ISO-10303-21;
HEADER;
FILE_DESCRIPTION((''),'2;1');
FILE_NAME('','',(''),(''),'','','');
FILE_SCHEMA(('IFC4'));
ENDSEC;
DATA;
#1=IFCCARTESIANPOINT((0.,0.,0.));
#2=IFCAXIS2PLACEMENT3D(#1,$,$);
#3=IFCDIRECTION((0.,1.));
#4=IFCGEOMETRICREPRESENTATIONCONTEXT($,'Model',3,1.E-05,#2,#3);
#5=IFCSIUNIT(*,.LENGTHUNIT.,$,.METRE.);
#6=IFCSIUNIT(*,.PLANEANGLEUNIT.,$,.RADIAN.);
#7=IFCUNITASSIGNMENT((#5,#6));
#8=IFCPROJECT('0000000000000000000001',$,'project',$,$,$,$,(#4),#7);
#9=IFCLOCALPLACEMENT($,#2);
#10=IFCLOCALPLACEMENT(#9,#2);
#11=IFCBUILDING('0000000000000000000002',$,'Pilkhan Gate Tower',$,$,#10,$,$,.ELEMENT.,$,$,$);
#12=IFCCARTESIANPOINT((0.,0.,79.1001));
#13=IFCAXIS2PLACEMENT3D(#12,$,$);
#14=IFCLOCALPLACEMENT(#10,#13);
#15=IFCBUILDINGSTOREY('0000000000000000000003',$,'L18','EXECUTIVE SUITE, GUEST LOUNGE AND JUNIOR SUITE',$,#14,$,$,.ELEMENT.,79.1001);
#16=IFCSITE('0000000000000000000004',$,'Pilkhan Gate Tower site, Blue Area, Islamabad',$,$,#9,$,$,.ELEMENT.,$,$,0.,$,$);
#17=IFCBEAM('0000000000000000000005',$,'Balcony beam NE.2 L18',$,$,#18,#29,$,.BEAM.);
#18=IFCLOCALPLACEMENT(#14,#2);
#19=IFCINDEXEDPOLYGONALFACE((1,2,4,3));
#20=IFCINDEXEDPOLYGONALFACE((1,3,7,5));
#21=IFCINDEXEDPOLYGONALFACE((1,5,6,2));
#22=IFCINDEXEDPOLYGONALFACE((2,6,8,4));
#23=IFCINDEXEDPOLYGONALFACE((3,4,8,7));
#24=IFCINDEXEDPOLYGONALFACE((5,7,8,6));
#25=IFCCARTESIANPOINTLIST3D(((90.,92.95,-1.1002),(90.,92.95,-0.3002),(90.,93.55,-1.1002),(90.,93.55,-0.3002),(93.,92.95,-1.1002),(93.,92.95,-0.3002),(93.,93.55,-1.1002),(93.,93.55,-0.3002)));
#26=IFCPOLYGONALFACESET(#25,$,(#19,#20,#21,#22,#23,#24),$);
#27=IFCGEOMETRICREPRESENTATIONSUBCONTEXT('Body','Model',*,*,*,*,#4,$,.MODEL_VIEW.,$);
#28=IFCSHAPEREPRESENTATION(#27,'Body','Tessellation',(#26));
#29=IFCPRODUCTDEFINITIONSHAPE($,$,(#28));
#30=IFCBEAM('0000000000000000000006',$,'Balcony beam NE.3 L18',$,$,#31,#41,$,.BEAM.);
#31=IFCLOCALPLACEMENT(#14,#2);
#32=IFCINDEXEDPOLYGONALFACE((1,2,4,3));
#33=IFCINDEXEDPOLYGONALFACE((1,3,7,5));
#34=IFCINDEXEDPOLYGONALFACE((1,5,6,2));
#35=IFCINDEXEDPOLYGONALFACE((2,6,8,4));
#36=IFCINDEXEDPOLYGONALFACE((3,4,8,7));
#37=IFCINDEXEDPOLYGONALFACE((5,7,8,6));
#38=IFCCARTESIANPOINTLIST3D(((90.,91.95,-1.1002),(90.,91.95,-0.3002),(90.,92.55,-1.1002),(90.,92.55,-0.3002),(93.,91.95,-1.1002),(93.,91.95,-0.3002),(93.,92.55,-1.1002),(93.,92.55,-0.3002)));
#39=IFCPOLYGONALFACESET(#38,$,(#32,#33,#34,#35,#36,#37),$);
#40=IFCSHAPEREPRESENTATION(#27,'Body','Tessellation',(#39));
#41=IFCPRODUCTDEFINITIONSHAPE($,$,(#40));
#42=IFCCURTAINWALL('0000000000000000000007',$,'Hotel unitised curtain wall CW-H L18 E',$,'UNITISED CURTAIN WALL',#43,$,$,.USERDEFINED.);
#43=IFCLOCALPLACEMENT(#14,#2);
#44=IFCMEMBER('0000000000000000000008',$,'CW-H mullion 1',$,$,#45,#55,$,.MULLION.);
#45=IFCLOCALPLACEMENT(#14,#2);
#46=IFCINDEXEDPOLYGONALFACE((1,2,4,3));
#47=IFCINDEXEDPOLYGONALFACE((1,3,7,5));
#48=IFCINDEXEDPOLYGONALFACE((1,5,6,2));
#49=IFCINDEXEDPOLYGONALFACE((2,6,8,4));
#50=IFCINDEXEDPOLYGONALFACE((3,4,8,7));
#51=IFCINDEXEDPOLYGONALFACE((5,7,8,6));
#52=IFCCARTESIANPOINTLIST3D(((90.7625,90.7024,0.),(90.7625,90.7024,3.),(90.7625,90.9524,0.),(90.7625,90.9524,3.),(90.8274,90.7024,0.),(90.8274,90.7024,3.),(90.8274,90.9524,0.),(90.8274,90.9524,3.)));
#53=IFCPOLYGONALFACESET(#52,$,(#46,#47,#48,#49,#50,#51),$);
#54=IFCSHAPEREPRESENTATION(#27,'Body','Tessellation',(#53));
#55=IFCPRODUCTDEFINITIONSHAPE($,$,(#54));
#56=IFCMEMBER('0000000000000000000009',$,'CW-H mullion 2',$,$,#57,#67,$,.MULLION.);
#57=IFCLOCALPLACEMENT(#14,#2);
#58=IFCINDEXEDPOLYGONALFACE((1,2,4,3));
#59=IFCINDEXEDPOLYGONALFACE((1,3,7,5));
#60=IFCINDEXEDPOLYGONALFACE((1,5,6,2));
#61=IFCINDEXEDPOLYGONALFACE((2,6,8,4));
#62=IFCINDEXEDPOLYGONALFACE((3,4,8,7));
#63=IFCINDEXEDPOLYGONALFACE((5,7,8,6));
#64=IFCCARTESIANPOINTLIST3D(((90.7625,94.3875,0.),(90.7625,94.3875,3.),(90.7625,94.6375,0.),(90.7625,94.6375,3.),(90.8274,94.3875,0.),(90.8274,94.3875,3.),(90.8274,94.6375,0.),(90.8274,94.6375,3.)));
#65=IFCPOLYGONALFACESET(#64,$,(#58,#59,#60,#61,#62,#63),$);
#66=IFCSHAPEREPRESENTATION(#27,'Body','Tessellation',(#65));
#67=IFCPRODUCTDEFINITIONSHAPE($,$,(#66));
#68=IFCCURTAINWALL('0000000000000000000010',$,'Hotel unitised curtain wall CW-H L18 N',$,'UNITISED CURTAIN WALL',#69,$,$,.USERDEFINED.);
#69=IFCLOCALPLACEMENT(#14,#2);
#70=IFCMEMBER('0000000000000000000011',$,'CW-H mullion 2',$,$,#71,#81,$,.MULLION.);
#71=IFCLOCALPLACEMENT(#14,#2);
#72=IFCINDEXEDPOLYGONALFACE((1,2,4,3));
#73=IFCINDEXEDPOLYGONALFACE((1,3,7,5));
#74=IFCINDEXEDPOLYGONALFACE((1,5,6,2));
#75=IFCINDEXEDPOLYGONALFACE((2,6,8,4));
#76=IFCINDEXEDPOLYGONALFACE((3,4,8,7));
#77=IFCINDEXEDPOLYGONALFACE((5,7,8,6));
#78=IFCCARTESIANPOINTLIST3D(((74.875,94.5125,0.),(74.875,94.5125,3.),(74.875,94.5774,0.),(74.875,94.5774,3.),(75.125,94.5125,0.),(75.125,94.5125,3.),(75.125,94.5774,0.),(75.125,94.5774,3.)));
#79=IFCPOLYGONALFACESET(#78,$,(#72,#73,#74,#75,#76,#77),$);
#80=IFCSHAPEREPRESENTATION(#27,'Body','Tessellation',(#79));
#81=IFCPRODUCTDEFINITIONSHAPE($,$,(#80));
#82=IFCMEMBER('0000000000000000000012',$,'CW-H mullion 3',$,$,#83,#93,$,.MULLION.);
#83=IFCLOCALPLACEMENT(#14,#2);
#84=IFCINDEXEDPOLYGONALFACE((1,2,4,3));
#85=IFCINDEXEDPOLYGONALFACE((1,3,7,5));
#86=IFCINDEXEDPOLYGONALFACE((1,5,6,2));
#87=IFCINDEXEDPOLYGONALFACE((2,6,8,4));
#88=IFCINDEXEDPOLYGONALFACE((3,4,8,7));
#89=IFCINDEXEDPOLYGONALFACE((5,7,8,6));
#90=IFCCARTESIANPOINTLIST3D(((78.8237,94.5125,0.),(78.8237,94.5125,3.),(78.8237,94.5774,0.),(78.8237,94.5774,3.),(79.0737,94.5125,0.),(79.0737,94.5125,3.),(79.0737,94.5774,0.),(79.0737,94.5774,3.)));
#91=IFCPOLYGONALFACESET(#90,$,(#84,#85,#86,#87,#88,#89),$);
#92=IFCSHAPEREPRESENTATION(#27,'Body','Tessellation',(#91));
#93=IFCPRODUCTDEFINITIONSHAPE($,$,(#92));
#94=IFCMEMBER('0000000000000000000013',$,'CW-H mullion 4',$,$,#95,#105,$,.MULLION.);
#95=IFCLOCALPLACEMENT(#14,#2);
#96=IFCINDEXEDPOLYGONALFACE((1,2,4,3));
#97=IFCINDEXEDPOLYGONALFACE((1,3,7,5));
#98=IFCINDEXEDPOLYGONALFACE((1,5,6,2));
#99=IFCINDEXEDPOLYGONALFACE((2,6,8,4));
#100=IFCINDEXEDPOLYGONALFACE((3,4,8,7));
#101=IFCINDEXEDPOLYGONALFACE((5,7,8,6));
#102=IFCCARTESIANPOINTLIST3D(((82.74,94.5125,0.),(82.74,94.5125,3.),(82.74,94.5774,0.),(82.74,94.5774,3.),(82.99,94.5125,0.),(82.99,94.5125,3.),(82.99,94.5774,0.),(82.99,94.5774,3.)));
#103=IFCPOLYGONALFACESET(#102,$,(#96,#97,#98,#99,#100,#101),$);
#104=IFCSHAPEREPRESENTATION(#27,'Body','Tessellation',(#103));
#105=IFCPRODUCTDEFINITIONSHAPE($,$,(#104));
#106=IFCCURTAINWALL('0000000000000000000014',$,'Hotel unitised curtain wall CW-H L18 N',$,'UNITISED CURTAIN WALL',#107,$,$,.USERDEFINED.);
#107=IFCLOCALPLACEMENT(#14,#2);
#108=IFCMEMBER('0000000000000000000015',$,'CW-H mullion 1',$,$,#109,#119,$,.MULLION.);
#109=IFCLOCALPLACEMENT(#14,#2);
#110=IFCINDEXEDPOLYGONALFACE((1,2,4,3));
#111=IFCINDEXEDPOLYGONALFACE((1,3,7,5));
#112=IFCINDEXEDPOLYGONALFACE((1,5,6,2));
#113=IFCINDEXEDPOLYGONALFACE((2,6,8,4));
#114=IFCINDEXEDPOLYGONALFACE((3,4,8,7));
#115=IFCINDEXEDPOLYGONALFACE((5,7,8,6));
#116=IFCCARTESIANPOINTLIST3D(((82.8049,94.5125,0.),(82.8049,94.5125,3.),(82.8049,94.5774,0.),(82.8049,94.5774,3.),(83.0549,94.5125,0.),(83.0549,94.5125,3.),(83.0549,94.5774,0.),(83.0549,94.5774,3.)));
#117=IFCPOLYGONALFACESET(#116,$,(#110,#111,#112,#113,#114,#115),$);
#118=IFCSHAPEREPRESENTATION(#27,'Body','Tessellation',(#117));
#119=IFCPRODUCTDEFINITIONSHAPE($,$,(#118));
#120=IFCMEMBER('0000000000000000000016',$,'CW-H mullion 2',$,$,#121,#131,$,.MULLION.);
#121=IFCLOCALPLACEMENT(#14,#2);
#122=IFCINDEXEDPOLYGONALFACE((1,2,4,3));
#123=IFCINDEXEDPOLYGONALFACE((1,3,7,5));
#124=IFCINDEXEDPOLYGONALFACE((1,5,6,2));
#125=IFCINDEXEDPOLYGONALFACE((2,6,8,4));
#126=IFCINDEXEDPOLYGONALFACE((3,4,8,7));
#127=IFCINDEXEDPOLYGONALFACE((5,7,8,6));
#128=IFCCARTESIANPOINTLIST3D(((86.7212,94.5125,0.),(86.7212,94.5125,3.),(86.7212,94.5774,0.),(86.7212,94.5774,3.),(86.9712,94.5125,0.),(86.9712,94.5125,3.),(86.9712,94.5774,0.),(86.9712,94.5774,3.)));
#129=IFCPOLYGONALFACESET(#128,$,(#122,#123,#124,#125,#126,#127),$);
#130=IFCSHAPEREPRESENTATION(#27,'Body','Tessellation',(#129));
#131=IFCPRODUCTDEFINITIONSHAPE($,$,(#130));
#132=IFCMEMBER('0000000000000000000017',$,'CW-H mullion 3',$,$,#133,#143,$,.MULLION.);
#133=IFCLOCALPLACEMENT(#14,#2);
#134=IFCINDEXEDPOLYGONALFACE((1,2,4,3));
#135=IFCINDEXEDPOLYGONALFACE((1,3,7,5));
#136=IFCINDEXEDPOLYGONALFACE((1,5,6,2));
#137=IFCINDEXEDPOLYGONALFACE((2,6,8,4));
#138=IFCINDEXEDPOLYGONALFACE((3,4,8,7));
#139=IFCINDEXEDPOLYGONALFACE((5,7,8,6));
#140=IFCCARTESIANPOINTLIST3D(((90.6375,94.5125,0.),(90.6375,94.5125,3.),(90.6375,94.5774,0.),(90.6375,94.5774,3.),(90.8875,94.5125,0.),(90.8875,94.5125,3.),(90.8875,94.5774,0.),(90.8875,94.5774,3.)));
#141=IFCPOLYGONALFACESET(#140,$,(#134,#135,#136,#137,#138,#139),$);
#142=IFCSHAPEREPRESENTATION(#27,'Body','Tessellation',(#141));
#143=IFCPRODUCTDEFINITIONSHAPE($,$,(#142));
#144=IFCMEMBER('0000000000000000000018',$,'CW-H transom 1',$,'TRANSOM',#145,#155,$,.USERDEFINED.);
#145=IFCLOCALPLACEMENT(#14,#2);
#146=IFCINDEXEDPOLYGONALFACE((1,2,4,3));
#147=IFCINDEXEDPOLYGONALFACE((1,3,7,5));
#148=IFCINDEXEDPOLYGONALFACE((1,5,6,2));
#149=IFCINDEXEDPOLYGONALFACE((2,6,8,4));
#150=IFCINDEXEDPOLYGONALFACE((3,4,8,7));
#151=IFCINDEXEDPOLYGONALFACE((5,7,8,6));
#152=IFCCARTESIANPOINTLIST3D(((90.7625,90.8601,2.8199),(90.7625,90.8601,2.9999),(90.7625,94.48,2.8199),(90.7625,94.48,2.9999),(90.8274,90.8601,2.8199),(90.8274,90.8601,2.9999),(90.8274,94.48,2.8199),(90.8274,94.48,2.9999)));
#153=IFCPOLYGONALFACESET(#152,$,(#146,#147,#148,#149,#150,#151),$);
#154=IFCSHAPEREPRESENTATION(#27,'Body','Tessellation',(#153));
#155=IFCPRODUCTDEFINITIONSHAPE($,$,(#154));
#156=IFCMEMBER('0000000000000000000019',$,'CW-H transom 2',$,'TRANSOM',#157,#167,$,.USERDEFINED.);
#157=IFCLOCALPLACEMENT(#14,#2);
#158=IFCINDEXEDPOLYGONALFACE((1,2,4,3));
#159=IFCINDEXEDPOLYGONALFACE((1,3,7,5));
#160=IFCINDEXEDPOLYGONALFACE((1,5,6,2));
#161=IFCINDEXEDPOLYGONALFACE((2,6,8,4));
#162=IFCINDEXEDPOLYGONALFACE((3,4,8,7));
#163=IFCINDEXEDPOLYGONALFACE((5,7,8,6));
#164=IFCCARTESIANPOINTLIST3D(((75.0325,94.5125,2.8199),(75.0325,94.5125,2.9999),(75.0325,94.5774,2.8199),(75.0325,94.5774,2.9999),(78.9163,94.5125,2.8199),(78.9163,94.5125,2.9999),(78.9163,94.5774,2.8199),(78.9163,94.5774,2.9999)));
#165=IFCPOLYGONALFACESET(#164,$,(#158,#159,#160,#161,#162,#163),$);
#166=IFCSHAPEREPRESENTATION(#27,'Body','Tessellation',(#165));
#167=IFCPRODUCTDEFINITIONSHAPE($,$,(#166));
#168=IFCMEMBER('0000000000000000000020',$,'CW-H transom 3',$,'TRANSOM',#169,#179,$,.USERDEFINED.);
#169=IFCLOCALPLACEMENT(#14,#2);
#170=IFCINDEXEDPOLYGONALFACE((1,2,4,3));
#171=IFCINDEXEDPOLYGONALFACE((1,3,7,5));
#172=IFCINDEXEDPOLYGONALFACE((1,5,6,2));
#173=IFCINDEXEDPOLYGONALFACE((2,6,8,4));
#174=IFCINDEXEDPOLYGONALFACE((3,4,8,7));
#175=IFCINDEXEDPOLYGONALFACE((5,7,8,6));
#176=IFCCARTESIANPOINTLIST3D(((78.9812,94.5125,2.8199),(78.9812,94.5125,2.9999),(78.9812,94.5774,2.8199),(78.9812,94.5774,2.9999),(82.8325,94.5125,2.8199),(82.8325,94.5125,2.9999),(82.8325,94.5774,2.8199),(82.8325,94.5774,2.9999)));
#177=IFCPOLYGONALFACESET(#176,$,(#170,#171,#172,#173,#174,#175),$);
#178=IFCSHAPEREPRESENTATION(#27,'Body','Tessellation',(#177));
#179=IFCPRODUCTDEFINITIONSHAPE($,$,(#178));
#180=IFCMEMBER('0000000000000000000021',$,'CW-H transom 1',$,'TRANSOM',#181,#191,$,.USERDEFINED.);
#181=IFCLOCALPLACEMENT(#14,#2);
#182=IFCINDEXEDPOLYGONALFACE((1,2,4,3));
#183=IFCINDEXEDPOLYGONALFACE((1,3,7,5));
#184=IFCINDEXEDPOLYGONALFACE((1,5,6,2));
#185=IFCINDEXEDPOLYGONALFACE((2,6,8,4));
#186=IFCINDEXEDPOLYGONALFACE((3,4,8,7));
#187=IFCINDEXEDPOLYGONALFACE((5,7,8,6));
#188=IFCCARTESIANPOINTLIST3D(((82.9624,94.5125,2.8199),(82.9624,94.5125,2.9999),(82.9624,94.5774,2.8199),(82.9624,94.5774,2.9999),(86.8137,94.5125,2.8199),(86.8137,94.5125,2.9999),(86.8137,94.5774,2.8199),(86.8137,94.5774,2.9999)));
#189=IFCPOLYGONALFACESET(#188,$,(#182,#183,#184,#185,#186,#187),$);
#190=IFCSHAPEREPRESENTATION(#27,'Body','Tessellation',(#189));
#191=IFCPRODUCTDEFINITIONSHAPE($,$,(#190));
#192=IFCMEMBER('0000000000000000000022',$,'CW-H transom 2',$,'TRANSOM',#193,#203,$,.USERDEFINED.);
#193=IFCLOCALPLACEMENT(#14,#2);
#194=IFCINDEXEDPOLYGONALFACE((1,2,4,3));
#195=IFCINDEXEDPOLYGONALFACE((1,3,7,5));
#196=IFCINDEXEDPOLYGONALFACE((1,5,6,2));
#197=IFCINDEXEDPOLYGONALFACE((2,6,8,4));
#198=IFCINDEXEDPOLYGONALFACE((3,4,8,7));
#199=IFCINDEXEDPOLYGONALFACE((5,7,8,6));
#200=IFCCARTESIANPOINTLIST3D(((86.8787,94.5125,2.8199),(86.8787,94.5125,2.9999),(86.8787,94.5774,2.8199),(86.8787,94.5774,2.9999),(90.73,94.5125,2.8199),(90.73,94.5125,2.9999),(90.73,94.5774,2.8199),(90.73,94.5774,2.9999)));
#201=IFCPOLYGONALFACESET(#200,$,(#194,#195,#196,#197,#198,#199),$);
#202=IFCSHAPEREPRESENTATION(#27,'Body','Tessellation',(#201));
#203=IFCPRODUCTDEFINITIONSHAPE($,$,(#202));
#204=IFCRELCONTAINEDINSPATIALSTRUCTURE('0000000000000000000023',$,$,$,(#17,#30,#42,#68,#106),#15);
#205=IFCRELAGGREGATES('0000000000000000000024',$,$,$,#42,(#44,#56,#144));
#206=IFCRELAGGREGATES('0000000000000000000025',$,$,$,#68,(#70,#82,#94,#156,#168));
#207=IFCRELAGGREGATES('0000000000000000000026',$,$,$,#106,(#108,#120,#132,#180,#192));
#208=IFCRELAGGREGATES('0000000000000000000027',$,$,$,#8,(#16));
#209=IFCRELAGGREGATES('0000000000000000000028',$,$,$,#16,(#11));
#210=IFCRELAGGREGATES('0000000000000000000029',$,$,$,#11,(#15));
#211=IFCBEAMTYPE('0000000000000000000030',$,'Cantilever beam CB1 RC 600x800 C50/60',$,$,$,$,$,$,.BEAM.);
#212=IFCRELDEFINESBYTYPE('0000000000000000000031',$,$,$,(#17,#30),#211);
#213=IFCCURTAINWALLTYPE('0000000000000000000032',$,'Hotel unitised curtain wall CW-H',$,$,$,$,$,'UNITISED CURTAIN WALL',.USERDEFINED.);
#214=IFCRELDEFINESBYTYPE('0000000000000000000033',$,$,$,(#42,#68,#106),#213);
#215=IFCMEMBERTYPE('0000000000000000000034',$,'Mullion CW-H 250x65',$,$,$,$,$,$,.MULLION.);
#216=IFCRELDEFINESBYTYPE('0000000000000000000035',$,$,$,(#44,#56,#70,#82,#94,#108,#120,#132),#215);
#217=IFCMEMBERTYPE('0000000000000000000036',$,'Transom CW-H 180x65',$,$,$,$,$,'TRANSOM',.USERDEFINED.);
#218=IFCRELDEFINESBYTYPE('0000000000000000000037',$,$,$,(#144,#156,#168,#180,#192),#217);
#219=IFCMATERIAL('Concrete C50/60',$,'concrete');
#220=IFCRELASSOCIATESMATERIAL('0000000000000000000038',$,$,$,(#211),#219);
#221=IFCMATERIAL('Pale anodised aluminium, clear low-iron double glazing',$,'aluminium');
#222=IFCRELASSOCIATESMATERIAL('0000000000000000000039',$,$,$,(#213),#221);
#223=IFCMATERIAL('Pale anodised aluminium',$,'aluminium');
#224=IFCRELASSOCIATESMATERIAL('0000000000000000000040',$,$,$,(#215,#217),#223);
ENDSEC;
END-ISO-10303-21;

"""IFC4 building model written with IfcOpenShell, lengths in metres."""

from ifc_helpers import new_model, si_unit, direction, frame, origin, origin_2d, place, context, subcontext, project, spatial, rectangle, extrude, material, material_profile, profile_set, type_object, element, aggregate, save


model = new_model("IFC4")

# Units and contexts
model_context = context("Model", 3, precision=1e-05, world=origin(), true_north=direction((0.0, 1.0)))
body_context = subcontext(model_context, "Body", "Model", "MODEL_VIEW")
ifc_project = project(units=[si_unit("LENGTHUNIT", "METRE"), si_unit("PLANEANGLEUNIT", "RADIAN")], contexts=[model_context])

# Site, building, storey
site_placement = place(None, origin())
site = spatial("IfcSite", under=ifc_project, at=site_placement, Name="Pilkhan Gate Tower site, Blue Area, Islamabad", CompositionType="ELEMENT", RefElevation=0.0)
building_placement = place(site_placement, origin())
building = spatial("IfcBuilding", under=site, at=building_placement, Name="Pilkhan Gate Tower", CompositionType="ELEMENT")
storey_placement = place(building_placement, frame((0.0, 0.0, 79.1001)))
storey = spatial("IfcBuildingStorey", under=building, at=storey_placement, Name="L18", Description="EXECUTIVE SUITE, GUEST LOUNGE AND JUNIOR SUITE", CompositionType="ELEMENT", Elevation=79.1001)

# Beams
ifc_material_1 = material(Name="Concrete C50/60", Category="concrete")
ifc_material_profile_1 = material_profile(ifc_material_1, rectangle(XDim=0.6001, YDim=0.8, at=origin_2d()), Name="RC 600x800")
ifc_profile_set_1 = profile_set([ifc_material_profile_1], Name="Concrete C50/60")
beam_type = type_object("IfcBeamType", Name="Cantilever beam CB1 RC 600x800 C50/60", PredefinedType="BEAM", material=ifc_profile_set_1)
for number, where, z_axis, x_axis, name in (
    (1, (90.0, 93.25, -0.7002), (1.0, 0.0, 0.0), (0.0, 1.0, 0.0), "Balcony beam NE.2 L18"),
    (2, (90.0, 92.25, -0.7002), (1.0, 0.0, 0.0), (0.0, 1.0, 0.0), "Balcony beam NE.3 L18"),
):
    element("IfcBeam", number, at=place(storey_placement, frame(where, z_axis=z_axis, x_axis=x_axis)), inside=storey, type_object=beam_type, Name=name, PredefinedType="BEAM", context=body_context, shape_type="SweptSolid", body=[
        extrude(rectangle(XDim=0.6001, YDim=0.8, at=origin_2d()), origin(), (0.0, 0.0, 1.0), 3.0),
    ])

# Curtain walls, members
ifc_material_2 = material(Name="Pale anodised aluminium, clear low-iron double glazing", Category="aluminium")
curtain_wall_type = type_object("IfcCurtainWallType", Name="Hotel unitised curtain wall CW-H", ElementType="UNITISED CURTAIN WALL", PredefinedType="USERDEFINED", material=ifc_material_2)
curtain_wall_1_placement = place(storey_placement, origin())
curtain_wall_1 = element("IfcCurtainWall", 3, at=curtain_wall_1_placement, inside=storey, type_object=curtain_wall_type, Name="Hotel unitised curtain wall CW-H L18 E", ObjectType="UNITISED CURTAIN WALL", PredefinedType="USERDEFINED")
ifc_material_3 = material(Name="Pale anodised aluminium", Category="aluminium")
ifc_material_profile_2 = material_profile(ifc_material_3, rectangle(XDim=0.0649, YDim=0.25, at=origin_2d()), Name="Mullion 250x65")
ifc_profile_set_2 = profile_set([ifc_material_profile_2], Name="Pale anodised aluminium")
member_type_1 = type_object("IfcMemberType", Name="Mullion CW-H 250x65", PredefinedType="MULLION", material=ifc_profile_set_2)
member_1_placement = place(storey_placement, frame((90.7949, 90.8274, 0.0), z_axis=(0.0, 0.0, 1.0), x_axis=(-1.0, 0.0, 0.0)))
member_1 = element("IfcMember", 4, at=member_1_placement, type_object=member_type_1, Name="CW-H mullion 1", PredefinedType="MULLION", context=body_context, shape_type="SweptSolid", body=[
    extrude(rectangle(XDim=0.0649, YDim=0.25, at=origin_2d()), origin(), (0.0, 0.0, 1.0), 3.0),
])
member_2_placement = place(storey_placement, frame((90.7949, 94.5125, 0.0), z_axis=(0.0, 0.0, 1.0), x_axis=(-1.0, 0.0, 0.0)))
member_2 = element("IfcMember", 5, at=member_2_placement, type_object=member_type_1, Name="CW-H mullion 2", PredefinedType="MULLION", context=body_context, shape_type="SweptSolid", body=[
    extrude(rectangle(XDim=0.0649, YDim=0.25, at=origin_2d()), origin(), (0.0, 0.0, 1.0), 3.0),
])
curtain_wall_2_placement = place(storey_placement, origin())
curtain_wall_2 = element("IfcCurtainWall", 6, at=curtain_wall_2_placement, inside=storey, type_object=curtain_wall_type, Name="Hotel unitised curtain wall CW-H L18 N", ObjectType="UNITISED CURTAIN WALL", PredefinedType="USERDEFINED")
member_3_placement = place(storey_placement, frame((75.0, 94.5449, 0.0), z_axis=(0.0, 0.0, 1.0), x_axis=(0.0, 1.0, 0.0)))
member_3 = element("IfcMember", 7, at=member_3_placement, type_object=member_type_1, Name="CW-H mullion 2", PredefinedType="MULLION", context=body_context, shape_type="SweptSolid", body=[
    extrude(rectangle(XDim=0.0649, YDim=0.25, at=origin_2d()), origin(), (0.0, 0.0, 1.0), 3.0),
])
member_4_placement = place(storey_placement, frame((78.9487, 94.5449, 0.0), z_axis=(0.0, 0.0, 1.0), x_axis=(0.0, 1.0, 0.0)))
member_4 = element("IfcMember", 8, at=member_4_placement, type_object=member_type_1, Name="CW-H mullion 3", PredefinedType="MULLION", context=body_context, shape_type="SweptSolid", body=[
    extrude(rectangle(XDim=0.0649, YDim=0.25, at=origin_2d()), origin(), (0.0, 0.0, 1.0), 3.0),
])
member_5_placement = place(storey_placement, frame((82.865, 94.5449, 0.0), z_axis=(0.0, 0.0, 1.0), x_axis=(0.0, 1.0, 0.0)))
member_5 = element("IfcMember", 9, at=member_5_placement, type_object=member_type_1, Name="CW-H mullion 4", PredefinedType="MULLION", context=body_context, shape_type="SweptSolid", body=[
    extrude(rectangle(XDim=0.0649, YDim=0.25, at=origin_2d()), origin(), (0.0, 0.0, 1.0), 3.0),
])
curtain_wall_3_placement = place(storey_placement, origin())
curtain_wall_3 = element("IfcCurtainWall", 10, at=curtain_wall_3_placement, inside=storey, type_object=curtain_wall_type, Name="Hotel unitised curtain wall CW-H L18 N", ObjectType="UNITISED CURTAIN WALL", PredefinedType="USERDEFINED")
member_6_placement = place(storey_placement, frame((82.9299, 94.5449, 0.0), z_axis=(0.0, 0.0, 1.0), x_axis=(0.0, 1.0, 0.0)))
member_6 = element("IfcMember", 11, at=member_6_placement, type_object=member_type_1, Name="CW-H mullion 1", PredefinedType="MULLION", context=body_context, shape_type="SweptSolid", body=[
    extrude(rectangle(XDim=0.0649, YDim=0.25, at=origin_2d()), origin(), (0.0, 0.0, 1.0), 3.0),
])
member_7_placement = place(storey_placement, frame((86.8462, 94.5449, 0.0), z_axis=(0.0, 0.0, 1.0), x_axis=(0.0, 1.0, 0.0)))
member_7 = element("IfcMember", 12, at=member_7_placement, type_object=member_type_1, Name="CW-H mullion 2", PredefinedType="MULLION", context=body_context, shape_type="SweptSolid", body=[
    extrude(rectangle(XDim=0.0649, YDim=0.25, at=origin_2d()), origin(), (0.0, 0.0, 1.0), 3.0),
])
member_8_placement = place(storey_placement, frame((90.7625, 94.5449, 0.0), z_axis=(0.0, 0.0, 1.0), x_axis=(0.0, 1.0, 0.0)))
member_8 = element("IfcMember", 13, at=member_8_placement, type_object=member_type_1, Name="CW-H mullion 3", PredefinedType="MULLION", context=body_context, shape_type="SweptSolid", body=[
    extrude(rectangle(XDim=0.0649, YDim=0.25, at=origin_2d()), origin(), (0.0, 0.0, 1.0), 3.0),
])

# Members
ifc_material_profile_3 = material_profile(ifc_material_3, rectangle(XDim=0.0649, YDim=0.1799, at=origin_2d()), Name="Transom 180x65")
ifc_profile_set_3 = profile_set([ifc_material_profile_3], Name="Pale anodised aluminium")
member_type_2 = type_object("IfcMemberType", Name="Transom CW-H 180x65", ElementType="TRANSOM", PredefinedType="USERDEFINED", material=ifc_profile_set_3)
member_9_placement = place(storey_placement, frame((90.7949, 90.8601, 2.9099), z_axis=(0.0, 1.0, 0.0), x_axis=(-1.0, 0.0, 0.0)))
member_9 = element("IfcMember", 14, at=member_9_placement, type_object=member_type_2, Name="CW-H transom 1", ObjectType="TRANSOM", PredefinedType="USERDEFINED", context=body_context, shape_type="SweptSolid", body=[
    extrude(rectangle(XDim=0.0649, YDim=0.1799, at=origin_2d()), origin(), (0.0, 0.0, 1.0), 3.6199),
])
member_10_placement = place(storey_placement, frame((75.0325, 94.5449, 2.9099), z_axis=(1.0, 0.0, 0.0), x_axis=(0.0, 1.0, 0.0)))
member_10 = element("IfcMember", 15, at=member_10_placement, type_object=member_type_2, Name="CW-H transom 2", ObjectType="TRANSOM", PredefinedType="USERDEFINED", context=body_context, shape_type="SweptSolid", body=[
    extrude(rectangle(XDim=0.0649, YDim=0.1799, at=origin_2d()), origin(), (0.0, 0.0, 1.0), 3.8838),
])
member_11_placement = place(storey_placement, frame((78.9812, 94.5449, 2.9099), z_axis=(1.0, 0.0, 0.0), x_axis=(0.0, 1.0, 0.0)))
member_11 = element("IfcMember", 16, at=member_11_placement, type_object=member_type_2, Name="CW-H transom 3", ObjectType="TRANSOM", PredefinedType="USERDEFINED", context=body_context, shape_type="SweptSolid", body=[
    extrude(rectangle(XDim=0.0649, YDim=0.1799, at=origin_2d()), origin(), (0.0, 0.0, 1.0), 3.8513),
])
member_12_placement = place(storey_placement, frame((82.9624, 94.5449, 2.9099), z_axis=(1.0, 0.0, 0.0), x_axis=(0.0, 1.0, 0.0)))
member_12 = element("IfcMember", 17, at=member_12_placement, type_object=member_type_2, Name="CW-H transom 1", ObjectType="TRANSOM", PredefinedType="USERDEFINED", context=body_context, shape_type="SweptSolid", body=[
    extrude(rectangle(XDim=0.0649, YDim=0.1799, at=origin_2d()), origin(), (0.0, 0.0, 1.0), 3.8513),
])
member_13_placement = place(storey_placement, frame((86.8787, 94.5449, 2.9099), z_axis=(1.0, 0.0, 0.0), x_axis=(0.0, 1.0, 0.0)))
member_13 = element("IfcMember", 18, at=member_13_placement, type_object=member_type_2, Name="CW-H transom 2", ObjectType="TRANSOM", PredefinedType="USERDEFINED", context=body_context, shape_type="SweptSolid", body=[
    extrude(rectangle(XDim=0.0649, YDim=0.1799, at=origin_2d()), origin(), (0.0, 0.0, 1.0), 3.8513),
])

aggregate(curtain_wall_1, [member_1, member_2, member_9])
aggregate(curtain_wall_2, [member_3, member_4, member_5, member_10, member_11])
aggregate(curtain_wall_3, [member_6, member_7, member_8, member_12, member_13])

save(model, "model.ifc")
